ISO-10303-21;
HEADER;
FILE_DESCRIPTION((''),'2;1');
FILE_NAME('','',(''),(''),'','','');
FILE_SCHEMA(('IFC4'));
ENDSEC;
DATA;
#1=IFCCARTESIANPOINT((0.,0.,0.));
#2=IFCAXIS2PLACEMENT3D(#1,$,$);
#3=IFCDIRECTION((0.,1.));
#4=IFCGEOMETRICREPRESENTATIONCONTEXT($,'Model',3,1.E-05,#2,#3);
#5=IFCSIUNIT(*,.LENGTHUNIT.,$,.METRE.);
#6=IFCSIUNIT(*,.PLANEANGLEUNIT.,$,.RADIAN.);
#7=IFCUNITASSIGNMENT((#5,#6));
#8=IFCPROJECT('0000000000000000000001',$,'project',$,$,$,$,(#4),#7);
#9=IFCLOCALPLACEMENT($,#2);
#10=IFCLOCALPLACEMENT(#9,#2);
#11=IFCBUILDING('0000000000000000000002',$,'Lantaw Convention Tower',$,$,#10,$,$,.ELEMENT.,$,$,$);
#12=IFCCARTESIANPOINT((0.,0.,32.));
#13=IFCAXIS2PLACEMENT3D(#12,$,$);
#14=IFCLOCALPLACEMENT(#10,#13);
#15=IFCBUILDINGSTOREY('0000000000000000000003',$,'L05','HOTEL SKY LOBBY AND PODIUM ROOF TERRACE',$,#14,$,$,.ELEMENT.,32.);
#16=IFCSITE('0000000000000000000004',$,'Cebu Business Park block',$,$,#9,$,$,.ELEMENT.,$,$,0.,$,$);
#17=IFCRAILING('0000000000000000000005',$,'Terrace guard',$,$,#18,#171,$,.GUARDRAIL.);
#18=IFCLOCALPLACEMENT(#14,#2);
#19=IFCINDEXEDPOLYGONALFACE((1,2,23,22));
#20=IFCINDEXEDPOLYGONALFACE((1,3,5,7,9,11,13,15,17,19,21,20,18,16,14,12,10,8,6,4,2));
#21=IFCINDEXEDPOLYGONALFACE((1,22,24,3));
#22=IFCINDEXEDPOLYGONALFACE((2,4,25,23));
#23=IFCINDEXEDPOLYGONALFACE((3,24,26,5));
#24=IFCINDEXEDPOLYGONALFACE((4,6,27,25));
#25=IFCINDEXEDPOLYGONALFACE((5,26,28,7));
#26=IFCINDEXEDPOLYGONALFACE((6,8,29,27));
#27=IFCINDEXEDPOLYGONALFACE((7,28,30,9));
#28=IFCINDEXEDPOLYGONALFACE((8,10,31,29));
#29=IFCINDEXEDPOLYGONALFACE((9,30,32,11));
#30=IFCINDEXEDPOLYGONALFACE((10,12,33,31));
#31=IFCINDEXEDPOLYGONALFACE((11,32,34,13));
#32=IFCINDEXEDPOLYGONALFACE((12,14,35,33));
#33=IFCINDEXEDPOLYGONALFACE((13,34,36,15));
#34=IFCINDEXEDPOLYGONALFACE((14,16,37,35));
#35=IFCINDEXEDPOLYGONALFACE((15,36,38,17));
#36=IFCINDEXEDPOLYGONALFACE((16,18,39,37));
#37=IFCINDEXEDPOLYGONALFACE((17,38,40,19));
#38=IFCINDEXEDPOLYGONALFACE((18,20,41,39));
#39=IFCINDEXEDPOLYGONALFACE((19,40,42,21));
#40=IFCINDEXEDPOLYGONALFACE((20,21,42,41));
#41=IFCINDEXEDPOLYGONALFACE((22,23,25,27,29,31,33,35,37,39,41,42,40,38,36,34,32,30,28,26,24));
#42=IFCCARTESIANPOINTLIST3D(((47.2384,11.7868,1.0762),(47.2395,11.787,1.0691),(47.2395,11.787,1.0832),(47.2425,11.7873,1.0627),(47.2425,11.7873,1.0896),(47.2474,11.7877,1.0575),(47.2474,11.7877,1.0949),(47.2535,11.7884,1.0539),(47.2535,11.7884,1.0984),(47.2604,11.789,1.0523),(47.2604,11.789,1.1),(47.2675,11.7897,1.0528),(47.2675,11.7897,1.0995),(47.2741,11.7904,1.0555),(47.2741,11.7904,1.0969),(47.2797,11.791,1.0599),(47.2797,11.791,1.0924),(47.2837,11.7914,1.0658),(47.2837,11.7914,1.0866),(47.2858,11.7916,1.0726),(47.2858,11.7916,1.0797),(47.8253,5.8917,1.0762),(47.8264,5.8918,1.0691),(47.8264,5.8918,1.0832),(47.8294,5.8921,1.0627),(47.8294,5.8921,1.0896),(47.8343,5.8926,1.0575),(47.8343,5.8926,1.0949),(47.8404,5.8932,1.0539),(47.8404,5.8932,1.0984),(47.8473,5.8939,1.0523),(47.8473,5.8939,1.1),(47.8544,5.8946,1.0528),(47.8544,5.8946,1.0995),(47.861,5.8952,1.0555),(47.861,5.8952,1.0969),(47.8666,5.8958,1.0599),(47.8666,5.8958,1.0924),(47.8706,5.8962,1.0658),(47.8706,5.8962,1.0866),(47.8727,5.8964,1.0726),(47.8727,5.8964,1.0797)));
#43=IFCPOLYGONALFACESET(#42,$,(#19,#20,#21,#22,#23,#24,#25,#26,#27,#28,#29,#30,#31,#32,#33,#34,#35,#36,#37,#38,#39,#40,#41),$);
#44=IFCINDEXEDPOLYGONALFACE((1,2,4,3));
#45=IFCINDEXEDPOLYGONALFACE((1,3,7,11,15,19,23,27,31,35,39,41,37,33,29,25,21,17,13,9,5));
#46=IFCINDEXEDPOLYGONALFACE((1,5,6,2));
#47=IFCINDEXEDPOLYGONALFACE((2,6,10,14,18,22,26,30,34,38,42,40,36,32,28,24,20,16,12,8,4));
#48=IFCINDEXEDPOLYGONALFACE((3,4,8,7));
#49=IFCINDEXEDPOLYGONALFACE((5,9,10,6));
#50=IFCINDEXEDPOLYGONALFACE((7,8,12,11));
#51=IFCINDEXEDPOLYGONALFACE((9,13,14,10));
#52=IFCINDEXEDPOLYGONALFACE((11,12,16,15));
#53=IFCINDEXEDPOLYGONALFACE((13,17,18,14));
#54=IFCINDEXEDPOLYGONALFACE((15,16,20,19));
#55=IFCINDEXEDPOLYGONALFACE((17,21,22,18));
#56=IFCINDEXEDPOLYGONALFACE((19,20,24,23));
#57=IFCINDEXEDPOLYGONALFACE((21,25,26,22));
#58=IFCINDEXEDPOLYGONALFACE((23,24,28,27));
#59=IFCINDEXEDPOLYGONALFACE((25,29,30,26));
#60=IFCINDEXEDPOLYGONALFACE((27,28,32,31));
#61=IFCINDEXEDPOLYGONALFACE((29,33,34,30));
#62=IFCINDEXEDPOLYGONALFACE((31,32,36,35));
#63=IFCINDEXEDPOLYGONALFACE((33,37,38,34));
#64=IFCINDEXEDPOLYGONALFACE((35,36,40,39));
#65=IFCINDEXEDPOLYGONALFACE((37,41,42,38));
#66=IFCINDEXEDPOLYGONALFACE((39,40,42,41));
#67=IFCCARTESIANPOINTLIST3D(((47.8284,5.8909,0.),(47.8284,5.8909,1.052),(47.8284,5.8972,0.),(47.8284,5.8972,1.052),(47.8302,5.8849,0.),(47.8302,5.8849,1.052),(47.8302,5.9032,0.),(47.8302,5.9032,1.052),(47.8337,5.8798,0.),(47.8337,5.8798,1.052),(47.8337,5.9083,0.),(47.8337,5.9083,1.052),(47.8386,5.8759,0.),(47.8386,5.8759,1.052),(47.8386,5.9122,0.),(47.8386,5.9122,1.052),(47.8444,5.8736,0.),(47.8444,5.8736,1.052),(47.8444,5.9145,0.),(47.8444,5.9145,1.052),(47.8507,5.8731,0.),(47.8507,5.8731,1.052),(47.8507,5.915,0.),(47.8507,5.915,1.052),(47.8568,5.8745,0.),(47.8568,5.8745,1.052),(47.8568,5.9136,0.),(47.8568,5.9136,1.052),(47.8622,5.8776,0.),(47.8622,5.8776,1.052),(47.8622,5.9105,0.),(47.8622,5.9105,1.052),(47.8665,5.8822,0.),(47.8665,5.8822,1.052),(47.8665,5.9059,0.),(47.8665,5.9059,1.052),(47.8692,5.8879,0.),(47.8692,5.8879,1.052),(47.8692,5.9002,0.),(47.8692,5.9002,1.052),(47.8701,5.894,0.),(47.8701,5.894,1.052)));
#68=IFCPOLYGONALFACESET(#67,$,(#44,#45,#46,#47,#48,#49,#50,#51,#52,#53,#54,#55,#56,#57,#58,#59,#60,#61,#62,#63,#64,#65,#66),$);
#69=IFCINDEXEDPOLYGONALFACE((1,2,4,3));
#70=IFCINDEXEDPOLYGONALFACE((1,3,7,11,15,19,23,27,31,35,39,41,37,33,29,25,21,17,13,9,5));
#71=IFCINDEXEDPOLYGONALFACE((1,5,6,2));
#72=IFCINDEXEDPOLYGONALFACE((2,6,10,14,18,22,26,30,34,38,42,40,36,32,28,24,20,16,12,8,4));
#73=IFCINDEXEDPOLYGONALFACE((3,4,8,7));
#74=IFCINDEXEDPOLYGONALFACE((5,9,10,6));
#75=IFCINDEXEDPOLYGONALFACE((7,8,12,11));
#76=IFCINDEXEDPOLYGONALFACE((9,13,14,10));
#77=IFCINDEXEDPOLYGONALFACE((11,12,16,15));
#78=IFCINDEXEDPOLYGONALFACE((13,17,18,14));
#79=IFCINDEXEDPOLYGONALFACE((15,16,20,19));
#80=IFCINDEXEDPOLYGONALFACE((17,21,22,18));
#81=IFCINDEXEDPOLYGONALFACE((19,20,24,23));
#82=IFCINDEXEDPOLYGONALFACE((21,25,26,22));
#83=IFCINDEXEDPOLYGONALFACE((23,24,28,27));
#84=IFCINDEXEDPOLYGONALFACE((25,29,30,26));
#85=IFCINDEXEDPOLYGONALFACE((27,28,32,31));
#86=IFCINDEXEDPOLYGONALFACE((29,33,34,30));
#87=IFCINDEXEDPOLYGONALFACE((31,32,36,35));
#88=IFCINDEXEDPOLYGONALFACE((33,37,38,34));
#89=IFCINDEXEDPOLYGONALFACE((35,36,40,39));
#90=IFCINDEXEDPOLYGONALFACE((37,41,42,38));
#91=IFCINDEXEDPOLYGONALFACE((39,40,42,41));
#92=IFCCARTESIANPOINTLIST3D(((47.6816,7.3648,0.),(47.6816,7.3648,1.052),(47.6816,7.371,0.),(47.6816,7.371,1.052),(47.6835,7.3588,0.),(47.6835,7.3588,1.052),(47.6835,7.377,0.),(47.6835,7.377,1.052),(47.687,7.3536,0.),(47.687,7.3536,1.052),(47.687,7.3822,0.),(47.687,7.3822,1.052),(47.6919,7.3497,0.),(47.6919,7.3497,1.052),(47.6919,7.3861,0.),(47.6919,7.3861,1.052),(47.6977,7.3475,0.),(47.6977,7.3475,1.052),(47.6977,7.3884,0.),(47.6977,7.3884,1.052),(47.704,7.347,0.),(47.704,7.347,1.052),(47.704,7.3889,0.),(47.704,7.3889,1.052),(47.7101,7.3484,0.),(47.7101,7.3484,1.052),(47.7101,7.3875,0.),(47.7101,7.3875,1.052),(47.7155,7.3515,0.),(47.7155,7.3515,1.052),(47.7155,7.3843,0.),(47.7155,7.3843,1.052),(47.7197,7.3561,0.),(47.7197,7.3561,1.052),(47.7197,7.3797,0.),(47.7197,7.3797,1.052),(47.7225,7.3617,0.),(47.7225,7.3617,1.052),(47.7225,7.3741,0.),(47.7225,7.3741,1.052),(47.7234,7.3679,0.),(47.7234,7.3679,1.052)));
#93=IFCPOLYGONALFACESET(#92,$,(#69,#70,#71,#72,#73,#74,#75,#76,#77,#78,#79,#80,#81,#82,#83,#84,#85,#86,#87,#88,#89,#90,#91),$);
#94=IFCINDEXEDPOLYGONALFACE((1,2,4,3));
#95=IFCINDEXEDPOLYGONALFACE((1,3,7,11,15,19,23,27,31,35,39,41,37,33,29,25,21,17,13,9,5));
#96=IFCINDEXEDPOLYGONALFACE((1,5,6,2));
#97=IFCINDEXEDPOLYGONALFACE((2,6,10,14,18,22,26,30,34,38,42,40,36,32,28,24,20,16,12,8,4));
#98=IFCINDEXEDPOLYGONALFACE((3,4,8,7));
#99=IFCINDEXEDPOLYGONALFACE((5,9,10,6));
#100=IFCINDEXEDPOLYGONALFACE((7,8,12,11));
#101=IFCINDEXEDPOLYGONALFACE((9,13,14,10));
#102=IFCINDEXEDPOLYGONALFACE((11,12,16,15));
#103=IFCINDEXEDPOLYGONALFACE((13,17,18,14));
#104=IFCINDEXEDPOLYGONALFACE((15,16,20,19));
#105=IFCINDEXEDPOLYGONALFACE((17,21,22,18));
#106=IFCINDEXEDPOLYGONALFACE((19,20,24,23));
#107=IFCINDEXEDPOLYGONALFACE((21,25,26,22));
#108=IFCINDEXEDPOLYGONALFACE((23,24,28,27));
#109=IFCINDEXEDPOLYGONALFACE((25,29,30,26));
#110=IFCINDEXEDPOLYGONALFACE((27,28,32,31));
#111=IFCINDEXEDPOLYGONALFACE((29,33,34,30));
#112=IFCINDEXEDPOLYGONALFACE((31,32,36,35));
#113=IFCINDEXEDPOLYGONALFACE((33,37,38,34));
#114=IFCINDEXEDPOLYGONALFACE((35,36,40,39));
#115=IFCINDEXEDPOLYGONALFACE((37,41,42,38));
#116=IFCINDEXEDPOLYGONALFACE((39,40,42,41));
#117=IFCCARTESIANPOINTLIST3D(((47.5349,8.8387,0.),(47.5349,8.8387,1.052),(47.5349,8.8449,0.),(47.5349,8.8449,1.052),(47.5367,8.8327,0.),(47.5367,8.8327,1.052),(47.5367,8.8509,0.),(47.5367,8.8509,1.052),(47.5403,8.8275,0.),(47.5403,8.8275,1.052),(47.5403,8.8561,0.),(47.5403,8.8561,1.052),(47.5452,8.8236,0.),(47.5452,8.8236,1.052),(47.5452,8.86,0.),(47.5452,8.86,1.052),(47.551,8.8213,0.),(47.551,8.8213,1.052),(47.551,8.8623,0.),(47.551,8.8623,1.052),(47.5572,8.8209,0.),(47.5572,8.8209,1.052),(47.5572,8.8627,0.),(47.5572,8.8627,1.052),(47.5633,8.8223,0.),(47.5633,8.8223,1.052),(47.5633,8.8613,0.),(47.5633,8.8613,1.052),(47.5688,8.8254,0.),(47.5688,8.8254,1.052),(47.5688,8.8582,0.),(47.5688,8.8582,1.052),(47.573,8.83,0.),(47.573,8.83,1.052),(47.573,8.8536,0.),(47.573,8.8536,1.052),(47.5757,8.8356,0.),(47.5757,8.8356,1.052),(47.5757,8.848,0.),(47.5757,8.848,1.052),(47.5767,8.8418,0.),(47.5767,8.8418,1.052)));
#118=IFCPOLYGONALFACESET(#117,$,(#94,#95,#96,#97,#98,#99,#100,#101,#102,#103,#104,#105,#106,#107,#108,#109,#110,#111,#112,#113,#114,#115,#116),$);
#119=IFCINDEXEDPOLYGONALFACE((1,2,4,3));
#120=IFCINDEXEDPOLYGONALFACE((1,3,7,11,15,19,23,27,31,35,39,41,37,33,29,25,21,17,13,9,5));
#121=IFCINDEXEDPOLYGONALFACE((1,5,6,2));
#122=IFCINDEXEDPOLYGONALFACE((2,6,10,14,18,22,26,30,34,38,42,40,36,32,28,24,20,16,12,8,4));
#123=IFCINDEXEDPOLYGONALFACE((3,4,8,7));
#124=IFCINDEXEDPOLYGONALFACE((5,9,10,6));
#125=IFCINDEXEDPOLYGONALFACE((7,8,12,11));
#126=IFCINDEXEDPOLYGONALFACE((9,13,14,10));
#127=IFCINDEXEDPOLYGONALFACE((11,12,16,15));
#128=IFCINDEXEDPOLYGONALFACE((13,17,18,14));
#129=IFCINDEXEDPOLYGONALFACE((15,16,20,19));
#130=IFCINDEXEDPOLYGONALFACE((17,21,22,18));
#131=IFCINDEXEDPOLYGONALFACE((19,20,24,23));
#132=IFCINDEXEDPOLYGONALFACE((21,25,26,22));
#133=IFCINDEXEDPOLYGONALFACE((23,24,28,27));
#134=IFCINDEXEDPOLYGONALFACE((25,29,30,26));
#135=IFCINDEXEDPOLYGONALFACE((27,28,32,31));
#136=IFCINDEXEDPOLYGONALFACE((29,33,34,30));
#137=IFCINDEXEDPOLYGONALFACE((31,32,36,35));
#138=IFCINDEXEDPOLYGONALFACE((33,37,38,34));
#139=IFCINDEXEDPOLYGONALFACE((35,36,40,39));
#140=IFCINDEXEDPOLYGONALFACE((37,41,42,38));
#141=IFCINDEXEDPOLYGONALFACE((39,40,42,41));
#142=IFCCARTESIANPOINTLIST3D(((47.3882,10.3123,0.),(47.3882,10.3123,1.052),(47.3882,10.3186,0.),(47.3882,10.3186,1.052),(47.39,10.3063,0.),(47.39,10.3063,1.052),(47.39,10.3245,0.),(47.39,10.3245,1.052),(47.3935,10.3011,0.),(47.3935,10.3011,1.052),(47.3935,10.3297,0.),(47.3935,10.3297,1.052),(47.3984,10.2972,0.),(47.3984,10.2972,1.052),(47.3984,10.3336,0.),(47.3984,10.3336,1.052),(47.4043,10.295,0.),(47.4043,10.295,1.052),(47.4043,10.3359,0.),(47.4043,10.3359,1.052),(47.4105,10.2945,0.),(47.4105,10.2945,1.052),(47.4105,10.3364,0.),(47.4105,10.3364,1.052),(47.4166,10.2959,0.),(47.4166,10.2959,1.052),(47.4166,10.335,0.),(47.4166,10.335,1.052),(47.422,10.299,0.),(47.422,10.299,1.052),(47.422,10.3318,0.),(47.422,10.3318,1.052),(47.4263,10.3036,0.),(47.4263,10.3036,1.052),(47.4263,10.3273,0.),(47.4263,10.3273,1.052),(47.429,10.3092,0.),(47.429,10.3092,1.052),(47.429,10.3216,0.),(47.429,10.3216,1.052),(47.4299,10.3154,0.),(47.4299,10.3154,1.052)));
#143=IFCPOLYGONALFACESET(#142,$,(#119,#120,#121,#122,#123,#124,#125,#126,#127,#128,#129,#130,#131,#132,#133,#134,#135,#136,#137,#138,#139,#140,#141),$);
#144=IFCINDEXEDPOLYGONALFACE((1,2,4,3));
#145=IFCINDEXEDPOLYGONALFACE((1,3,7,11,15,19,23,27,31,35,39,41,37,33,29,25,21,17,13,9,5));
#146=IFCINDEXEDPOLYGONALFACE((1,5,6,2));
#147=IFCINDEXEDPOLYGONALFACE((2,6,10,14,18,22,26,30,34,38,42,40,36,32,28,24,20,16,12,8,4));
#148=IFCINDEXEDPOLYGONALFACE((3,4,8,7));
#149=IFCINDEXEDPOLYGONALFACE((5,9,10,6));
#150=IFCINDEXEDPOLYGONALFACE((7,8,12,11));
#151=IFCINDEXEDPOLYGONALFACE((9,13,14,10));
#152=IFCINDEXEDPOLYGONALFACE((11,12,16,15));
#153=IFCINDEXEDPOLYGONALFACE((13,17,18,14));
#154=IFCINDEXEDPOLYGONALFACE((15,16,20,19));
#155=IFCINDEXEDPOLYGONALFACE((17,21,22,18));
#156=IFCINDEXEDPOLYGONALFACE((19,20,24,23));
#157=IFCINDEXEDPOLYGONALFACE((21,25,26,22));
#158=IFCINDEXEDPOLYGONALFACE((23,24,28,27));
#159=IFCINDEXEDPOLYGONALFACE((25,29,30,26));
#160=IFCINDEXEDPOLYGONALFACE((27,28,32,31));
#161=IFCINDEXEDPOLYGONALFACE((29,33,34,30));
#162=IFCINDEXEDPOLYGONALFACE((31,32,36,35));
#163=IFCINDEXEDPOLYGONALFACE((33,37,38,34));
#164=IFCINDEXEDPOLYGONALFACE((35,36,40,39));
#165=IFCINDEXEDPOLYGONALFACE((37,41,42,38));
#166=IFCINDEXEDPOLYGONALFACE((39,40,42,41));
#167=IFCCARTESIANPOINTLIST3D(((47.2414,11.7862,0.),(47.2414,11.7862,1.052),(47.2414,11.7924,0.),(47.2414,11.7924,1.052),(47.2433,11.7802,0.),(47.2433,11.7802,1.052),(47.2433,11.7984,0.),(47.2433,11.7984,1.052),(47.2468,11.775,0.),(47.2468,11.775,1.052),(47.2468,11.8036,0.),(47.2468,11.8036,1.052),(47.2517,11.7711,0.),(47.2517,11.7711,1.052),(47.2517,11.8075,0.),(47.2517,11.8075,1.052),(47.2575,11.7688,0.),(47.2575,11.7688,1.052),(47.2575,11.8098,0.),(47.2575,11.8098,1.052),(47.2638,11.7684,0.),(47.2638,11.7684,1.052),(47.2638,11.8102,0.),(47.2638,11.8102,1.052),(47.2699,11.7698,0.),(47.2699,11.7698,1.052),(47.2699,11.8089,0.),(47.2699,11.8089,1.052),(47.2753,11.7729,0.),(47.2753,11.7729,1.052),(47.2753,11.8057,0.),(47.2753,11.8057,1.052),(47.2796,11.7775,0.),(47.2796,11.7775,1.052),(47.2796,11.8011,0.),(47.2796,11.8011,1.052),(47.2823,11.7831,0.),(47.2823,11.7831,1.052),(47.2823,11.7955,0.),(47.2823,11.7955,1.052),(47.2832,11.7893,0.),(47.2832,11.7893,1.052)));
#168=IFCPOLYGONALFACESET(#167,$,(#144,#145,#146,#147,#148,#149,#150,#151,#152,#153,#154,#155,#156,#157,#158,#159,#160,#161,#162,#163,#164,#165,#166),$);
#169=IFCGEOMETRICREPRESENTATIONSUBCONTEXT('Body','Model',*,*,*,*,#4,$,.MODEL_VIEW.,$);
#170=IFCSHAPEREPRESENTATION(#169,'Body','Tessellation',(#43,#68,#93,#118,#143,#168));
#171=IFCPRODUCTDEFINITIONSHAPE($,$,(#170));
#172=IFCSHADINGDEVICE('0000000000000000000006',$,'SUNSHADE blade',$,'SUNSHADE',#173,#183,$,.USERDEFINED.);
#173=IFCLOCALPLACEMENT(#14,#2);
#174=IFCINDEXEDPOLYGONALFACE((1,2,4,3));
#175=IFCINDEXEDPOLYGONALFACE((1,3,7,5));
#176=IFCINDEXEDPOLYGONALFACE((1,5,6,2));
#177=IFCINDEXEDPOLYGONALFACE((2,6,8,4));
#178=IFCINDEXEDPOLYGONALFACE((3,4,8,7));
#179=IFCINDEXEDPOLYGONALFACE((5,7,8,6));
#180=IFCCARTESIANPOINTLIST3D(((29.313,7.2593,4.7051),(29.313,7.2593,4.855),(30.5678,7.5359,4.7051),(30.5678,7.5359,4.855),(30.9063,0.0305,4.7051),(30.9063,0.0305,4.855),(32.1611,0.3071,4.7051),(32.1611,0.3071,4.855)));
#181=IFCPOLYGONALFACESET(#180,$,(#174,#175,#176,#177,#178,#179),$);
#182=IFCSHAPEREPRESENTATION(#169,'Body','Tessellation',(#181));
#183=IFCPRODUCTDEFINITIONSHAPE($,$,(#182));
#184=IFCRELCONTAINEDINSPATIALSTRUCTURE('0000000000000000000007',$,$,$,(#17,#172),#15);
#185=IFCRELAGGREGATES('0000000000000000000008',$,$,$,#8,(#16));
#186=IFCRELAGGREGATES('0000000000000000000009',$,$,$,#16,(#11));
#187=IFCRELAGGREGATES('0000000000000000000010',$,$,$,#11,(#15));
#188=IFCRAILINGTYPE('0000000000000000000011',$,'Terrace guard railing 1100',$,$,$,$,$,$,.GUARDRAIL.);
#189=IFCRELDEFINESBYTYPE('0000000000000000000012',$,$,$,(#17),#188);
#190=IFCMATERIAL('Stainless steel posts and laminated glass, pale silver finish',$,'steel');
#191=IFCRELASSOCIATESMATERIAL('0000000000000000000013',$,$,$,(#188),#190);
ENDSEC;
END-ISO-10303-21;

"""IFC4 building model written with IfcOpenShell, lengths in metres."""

from ifc_helpers import new_model, si_unit, direction, frame, origin, origin_2d, place, context, subcontext, project, spatial, rectangle, circle, extrude, material, type_object, element, save


model = new_model("IFC4")

# Units and contexts
model_context = context("Model", 3, precision=1e-05, world=origin(), true_north=direction((0.0, 1.0)))
body_context = subcontext(model_context, "Body", "Model", "MODEL_VIEW")
ifc_project = project(units=[si_unit("LENGTHUNIT", "METRE"), si_unit("PLANEANGLEUNIT", "RADIAN")], contexts=[model_context])

# Site, building, storey
site_placement = place(None, origin())
site = spatial("IfcSite", under=ifc_project, at=site_placement, Name="Cebu Business Park block", CompositionType="ELEMENT", RefElevation=0.0)
building_placement = place(site_placement, origin())
building = spatial("IfcBuilding", under=site, at=building_placement, Name="Lantaw Convention Tower", CompositionType="ELEMENT")
storey_placement = place(building_placement, frame((0.0, 0.0, 32.0)))
storey = spatial("IfcBuildingStorey", under=building, at=storey_placement, Name="L05", Description="HOTEL SKY LOBBY AND PODIUM ROOF TERRACE", CompositionType="ELEMENT", Elevation=32.0)

# Railing
ifc_material_1 = material(Name="Stainless steel posts and laminated glass, pale silver finish", Category="steel")
railing_type_1 = type_object("IfcRailingType", Name="Terrace guard railing 1100", PredefinedType="GUARDRAIL", material=ifc_material_1)
railing_1_placement = place(storey_placement, frame((47.8491, 5.894, 0.0)))
element("IfcRailing", 1, at=railing_1_placement, inside=storey, type_object=railing_type_1, Name="Terrace guard", PredefinedType="GUARDRAIL", context=body_context, shape_type="SweptSolid", body=[
    extrude(circle(Radius=0.0239, at=origin_2d()), frame((0.0, 0.0, 1.0762), z_axis=(-0.099067, 0.995081, 0.0), x_axis=(-0.995081, -0.099067, 0.0)), (0.0, 0.0, 1.0), 5.9243),
    extrude(circle(Radius=0.021, at=origin_2d()), origin(), (0.0, 0.0, 1.0), 1.052),
    extrude(circle(Radius=0.021, at=origin_2d()), frame((-0.1467, 1.4739, 0.0)), (0.0, 0.0, 1.0), 1.052),
    extrude(circle(Radius=0.021, at=origin_2d()), frame((-0.2935, 2.9478, 0.0)), (0.0, 0.0, 1.0), 1.052),
    extrude(circle(Radius=0.021, at=origin_2d()), frame((-0.4402, 4.4214, 0.0)), (0.0, 0.0, 1.0), 1.052),
    extrude(circle(Radius=0.021, at=origin_2d()), frame((-0.5869, 5.8953, 0.0)), (0.0, 0.0, 1.0), 1.052),
])

# Shading device
shading_device_placement = place(storey_placement, frame((30.7371, 3.7832, 4.7051), z_axis=(0.0, 0.0, 1.0), x_axis=(-0.215246, 0.97656, 0.0)))
element("IfcShadingDevice", 2, at=shading_device_placement, inside=storey, Name="SUNSHADE blade", ObjectType="SUNSHADE", PredefinedType="USERDEFINED", context=body_context, shape_type="SweptSolid", body=[
    extrude(rectangle(XDim=7.4023, YDim=1.2849, at=origin_2d()), origin(), (0.0, 0.0, 1.0), 0.1499),
])

save(model, "model.ifc")
